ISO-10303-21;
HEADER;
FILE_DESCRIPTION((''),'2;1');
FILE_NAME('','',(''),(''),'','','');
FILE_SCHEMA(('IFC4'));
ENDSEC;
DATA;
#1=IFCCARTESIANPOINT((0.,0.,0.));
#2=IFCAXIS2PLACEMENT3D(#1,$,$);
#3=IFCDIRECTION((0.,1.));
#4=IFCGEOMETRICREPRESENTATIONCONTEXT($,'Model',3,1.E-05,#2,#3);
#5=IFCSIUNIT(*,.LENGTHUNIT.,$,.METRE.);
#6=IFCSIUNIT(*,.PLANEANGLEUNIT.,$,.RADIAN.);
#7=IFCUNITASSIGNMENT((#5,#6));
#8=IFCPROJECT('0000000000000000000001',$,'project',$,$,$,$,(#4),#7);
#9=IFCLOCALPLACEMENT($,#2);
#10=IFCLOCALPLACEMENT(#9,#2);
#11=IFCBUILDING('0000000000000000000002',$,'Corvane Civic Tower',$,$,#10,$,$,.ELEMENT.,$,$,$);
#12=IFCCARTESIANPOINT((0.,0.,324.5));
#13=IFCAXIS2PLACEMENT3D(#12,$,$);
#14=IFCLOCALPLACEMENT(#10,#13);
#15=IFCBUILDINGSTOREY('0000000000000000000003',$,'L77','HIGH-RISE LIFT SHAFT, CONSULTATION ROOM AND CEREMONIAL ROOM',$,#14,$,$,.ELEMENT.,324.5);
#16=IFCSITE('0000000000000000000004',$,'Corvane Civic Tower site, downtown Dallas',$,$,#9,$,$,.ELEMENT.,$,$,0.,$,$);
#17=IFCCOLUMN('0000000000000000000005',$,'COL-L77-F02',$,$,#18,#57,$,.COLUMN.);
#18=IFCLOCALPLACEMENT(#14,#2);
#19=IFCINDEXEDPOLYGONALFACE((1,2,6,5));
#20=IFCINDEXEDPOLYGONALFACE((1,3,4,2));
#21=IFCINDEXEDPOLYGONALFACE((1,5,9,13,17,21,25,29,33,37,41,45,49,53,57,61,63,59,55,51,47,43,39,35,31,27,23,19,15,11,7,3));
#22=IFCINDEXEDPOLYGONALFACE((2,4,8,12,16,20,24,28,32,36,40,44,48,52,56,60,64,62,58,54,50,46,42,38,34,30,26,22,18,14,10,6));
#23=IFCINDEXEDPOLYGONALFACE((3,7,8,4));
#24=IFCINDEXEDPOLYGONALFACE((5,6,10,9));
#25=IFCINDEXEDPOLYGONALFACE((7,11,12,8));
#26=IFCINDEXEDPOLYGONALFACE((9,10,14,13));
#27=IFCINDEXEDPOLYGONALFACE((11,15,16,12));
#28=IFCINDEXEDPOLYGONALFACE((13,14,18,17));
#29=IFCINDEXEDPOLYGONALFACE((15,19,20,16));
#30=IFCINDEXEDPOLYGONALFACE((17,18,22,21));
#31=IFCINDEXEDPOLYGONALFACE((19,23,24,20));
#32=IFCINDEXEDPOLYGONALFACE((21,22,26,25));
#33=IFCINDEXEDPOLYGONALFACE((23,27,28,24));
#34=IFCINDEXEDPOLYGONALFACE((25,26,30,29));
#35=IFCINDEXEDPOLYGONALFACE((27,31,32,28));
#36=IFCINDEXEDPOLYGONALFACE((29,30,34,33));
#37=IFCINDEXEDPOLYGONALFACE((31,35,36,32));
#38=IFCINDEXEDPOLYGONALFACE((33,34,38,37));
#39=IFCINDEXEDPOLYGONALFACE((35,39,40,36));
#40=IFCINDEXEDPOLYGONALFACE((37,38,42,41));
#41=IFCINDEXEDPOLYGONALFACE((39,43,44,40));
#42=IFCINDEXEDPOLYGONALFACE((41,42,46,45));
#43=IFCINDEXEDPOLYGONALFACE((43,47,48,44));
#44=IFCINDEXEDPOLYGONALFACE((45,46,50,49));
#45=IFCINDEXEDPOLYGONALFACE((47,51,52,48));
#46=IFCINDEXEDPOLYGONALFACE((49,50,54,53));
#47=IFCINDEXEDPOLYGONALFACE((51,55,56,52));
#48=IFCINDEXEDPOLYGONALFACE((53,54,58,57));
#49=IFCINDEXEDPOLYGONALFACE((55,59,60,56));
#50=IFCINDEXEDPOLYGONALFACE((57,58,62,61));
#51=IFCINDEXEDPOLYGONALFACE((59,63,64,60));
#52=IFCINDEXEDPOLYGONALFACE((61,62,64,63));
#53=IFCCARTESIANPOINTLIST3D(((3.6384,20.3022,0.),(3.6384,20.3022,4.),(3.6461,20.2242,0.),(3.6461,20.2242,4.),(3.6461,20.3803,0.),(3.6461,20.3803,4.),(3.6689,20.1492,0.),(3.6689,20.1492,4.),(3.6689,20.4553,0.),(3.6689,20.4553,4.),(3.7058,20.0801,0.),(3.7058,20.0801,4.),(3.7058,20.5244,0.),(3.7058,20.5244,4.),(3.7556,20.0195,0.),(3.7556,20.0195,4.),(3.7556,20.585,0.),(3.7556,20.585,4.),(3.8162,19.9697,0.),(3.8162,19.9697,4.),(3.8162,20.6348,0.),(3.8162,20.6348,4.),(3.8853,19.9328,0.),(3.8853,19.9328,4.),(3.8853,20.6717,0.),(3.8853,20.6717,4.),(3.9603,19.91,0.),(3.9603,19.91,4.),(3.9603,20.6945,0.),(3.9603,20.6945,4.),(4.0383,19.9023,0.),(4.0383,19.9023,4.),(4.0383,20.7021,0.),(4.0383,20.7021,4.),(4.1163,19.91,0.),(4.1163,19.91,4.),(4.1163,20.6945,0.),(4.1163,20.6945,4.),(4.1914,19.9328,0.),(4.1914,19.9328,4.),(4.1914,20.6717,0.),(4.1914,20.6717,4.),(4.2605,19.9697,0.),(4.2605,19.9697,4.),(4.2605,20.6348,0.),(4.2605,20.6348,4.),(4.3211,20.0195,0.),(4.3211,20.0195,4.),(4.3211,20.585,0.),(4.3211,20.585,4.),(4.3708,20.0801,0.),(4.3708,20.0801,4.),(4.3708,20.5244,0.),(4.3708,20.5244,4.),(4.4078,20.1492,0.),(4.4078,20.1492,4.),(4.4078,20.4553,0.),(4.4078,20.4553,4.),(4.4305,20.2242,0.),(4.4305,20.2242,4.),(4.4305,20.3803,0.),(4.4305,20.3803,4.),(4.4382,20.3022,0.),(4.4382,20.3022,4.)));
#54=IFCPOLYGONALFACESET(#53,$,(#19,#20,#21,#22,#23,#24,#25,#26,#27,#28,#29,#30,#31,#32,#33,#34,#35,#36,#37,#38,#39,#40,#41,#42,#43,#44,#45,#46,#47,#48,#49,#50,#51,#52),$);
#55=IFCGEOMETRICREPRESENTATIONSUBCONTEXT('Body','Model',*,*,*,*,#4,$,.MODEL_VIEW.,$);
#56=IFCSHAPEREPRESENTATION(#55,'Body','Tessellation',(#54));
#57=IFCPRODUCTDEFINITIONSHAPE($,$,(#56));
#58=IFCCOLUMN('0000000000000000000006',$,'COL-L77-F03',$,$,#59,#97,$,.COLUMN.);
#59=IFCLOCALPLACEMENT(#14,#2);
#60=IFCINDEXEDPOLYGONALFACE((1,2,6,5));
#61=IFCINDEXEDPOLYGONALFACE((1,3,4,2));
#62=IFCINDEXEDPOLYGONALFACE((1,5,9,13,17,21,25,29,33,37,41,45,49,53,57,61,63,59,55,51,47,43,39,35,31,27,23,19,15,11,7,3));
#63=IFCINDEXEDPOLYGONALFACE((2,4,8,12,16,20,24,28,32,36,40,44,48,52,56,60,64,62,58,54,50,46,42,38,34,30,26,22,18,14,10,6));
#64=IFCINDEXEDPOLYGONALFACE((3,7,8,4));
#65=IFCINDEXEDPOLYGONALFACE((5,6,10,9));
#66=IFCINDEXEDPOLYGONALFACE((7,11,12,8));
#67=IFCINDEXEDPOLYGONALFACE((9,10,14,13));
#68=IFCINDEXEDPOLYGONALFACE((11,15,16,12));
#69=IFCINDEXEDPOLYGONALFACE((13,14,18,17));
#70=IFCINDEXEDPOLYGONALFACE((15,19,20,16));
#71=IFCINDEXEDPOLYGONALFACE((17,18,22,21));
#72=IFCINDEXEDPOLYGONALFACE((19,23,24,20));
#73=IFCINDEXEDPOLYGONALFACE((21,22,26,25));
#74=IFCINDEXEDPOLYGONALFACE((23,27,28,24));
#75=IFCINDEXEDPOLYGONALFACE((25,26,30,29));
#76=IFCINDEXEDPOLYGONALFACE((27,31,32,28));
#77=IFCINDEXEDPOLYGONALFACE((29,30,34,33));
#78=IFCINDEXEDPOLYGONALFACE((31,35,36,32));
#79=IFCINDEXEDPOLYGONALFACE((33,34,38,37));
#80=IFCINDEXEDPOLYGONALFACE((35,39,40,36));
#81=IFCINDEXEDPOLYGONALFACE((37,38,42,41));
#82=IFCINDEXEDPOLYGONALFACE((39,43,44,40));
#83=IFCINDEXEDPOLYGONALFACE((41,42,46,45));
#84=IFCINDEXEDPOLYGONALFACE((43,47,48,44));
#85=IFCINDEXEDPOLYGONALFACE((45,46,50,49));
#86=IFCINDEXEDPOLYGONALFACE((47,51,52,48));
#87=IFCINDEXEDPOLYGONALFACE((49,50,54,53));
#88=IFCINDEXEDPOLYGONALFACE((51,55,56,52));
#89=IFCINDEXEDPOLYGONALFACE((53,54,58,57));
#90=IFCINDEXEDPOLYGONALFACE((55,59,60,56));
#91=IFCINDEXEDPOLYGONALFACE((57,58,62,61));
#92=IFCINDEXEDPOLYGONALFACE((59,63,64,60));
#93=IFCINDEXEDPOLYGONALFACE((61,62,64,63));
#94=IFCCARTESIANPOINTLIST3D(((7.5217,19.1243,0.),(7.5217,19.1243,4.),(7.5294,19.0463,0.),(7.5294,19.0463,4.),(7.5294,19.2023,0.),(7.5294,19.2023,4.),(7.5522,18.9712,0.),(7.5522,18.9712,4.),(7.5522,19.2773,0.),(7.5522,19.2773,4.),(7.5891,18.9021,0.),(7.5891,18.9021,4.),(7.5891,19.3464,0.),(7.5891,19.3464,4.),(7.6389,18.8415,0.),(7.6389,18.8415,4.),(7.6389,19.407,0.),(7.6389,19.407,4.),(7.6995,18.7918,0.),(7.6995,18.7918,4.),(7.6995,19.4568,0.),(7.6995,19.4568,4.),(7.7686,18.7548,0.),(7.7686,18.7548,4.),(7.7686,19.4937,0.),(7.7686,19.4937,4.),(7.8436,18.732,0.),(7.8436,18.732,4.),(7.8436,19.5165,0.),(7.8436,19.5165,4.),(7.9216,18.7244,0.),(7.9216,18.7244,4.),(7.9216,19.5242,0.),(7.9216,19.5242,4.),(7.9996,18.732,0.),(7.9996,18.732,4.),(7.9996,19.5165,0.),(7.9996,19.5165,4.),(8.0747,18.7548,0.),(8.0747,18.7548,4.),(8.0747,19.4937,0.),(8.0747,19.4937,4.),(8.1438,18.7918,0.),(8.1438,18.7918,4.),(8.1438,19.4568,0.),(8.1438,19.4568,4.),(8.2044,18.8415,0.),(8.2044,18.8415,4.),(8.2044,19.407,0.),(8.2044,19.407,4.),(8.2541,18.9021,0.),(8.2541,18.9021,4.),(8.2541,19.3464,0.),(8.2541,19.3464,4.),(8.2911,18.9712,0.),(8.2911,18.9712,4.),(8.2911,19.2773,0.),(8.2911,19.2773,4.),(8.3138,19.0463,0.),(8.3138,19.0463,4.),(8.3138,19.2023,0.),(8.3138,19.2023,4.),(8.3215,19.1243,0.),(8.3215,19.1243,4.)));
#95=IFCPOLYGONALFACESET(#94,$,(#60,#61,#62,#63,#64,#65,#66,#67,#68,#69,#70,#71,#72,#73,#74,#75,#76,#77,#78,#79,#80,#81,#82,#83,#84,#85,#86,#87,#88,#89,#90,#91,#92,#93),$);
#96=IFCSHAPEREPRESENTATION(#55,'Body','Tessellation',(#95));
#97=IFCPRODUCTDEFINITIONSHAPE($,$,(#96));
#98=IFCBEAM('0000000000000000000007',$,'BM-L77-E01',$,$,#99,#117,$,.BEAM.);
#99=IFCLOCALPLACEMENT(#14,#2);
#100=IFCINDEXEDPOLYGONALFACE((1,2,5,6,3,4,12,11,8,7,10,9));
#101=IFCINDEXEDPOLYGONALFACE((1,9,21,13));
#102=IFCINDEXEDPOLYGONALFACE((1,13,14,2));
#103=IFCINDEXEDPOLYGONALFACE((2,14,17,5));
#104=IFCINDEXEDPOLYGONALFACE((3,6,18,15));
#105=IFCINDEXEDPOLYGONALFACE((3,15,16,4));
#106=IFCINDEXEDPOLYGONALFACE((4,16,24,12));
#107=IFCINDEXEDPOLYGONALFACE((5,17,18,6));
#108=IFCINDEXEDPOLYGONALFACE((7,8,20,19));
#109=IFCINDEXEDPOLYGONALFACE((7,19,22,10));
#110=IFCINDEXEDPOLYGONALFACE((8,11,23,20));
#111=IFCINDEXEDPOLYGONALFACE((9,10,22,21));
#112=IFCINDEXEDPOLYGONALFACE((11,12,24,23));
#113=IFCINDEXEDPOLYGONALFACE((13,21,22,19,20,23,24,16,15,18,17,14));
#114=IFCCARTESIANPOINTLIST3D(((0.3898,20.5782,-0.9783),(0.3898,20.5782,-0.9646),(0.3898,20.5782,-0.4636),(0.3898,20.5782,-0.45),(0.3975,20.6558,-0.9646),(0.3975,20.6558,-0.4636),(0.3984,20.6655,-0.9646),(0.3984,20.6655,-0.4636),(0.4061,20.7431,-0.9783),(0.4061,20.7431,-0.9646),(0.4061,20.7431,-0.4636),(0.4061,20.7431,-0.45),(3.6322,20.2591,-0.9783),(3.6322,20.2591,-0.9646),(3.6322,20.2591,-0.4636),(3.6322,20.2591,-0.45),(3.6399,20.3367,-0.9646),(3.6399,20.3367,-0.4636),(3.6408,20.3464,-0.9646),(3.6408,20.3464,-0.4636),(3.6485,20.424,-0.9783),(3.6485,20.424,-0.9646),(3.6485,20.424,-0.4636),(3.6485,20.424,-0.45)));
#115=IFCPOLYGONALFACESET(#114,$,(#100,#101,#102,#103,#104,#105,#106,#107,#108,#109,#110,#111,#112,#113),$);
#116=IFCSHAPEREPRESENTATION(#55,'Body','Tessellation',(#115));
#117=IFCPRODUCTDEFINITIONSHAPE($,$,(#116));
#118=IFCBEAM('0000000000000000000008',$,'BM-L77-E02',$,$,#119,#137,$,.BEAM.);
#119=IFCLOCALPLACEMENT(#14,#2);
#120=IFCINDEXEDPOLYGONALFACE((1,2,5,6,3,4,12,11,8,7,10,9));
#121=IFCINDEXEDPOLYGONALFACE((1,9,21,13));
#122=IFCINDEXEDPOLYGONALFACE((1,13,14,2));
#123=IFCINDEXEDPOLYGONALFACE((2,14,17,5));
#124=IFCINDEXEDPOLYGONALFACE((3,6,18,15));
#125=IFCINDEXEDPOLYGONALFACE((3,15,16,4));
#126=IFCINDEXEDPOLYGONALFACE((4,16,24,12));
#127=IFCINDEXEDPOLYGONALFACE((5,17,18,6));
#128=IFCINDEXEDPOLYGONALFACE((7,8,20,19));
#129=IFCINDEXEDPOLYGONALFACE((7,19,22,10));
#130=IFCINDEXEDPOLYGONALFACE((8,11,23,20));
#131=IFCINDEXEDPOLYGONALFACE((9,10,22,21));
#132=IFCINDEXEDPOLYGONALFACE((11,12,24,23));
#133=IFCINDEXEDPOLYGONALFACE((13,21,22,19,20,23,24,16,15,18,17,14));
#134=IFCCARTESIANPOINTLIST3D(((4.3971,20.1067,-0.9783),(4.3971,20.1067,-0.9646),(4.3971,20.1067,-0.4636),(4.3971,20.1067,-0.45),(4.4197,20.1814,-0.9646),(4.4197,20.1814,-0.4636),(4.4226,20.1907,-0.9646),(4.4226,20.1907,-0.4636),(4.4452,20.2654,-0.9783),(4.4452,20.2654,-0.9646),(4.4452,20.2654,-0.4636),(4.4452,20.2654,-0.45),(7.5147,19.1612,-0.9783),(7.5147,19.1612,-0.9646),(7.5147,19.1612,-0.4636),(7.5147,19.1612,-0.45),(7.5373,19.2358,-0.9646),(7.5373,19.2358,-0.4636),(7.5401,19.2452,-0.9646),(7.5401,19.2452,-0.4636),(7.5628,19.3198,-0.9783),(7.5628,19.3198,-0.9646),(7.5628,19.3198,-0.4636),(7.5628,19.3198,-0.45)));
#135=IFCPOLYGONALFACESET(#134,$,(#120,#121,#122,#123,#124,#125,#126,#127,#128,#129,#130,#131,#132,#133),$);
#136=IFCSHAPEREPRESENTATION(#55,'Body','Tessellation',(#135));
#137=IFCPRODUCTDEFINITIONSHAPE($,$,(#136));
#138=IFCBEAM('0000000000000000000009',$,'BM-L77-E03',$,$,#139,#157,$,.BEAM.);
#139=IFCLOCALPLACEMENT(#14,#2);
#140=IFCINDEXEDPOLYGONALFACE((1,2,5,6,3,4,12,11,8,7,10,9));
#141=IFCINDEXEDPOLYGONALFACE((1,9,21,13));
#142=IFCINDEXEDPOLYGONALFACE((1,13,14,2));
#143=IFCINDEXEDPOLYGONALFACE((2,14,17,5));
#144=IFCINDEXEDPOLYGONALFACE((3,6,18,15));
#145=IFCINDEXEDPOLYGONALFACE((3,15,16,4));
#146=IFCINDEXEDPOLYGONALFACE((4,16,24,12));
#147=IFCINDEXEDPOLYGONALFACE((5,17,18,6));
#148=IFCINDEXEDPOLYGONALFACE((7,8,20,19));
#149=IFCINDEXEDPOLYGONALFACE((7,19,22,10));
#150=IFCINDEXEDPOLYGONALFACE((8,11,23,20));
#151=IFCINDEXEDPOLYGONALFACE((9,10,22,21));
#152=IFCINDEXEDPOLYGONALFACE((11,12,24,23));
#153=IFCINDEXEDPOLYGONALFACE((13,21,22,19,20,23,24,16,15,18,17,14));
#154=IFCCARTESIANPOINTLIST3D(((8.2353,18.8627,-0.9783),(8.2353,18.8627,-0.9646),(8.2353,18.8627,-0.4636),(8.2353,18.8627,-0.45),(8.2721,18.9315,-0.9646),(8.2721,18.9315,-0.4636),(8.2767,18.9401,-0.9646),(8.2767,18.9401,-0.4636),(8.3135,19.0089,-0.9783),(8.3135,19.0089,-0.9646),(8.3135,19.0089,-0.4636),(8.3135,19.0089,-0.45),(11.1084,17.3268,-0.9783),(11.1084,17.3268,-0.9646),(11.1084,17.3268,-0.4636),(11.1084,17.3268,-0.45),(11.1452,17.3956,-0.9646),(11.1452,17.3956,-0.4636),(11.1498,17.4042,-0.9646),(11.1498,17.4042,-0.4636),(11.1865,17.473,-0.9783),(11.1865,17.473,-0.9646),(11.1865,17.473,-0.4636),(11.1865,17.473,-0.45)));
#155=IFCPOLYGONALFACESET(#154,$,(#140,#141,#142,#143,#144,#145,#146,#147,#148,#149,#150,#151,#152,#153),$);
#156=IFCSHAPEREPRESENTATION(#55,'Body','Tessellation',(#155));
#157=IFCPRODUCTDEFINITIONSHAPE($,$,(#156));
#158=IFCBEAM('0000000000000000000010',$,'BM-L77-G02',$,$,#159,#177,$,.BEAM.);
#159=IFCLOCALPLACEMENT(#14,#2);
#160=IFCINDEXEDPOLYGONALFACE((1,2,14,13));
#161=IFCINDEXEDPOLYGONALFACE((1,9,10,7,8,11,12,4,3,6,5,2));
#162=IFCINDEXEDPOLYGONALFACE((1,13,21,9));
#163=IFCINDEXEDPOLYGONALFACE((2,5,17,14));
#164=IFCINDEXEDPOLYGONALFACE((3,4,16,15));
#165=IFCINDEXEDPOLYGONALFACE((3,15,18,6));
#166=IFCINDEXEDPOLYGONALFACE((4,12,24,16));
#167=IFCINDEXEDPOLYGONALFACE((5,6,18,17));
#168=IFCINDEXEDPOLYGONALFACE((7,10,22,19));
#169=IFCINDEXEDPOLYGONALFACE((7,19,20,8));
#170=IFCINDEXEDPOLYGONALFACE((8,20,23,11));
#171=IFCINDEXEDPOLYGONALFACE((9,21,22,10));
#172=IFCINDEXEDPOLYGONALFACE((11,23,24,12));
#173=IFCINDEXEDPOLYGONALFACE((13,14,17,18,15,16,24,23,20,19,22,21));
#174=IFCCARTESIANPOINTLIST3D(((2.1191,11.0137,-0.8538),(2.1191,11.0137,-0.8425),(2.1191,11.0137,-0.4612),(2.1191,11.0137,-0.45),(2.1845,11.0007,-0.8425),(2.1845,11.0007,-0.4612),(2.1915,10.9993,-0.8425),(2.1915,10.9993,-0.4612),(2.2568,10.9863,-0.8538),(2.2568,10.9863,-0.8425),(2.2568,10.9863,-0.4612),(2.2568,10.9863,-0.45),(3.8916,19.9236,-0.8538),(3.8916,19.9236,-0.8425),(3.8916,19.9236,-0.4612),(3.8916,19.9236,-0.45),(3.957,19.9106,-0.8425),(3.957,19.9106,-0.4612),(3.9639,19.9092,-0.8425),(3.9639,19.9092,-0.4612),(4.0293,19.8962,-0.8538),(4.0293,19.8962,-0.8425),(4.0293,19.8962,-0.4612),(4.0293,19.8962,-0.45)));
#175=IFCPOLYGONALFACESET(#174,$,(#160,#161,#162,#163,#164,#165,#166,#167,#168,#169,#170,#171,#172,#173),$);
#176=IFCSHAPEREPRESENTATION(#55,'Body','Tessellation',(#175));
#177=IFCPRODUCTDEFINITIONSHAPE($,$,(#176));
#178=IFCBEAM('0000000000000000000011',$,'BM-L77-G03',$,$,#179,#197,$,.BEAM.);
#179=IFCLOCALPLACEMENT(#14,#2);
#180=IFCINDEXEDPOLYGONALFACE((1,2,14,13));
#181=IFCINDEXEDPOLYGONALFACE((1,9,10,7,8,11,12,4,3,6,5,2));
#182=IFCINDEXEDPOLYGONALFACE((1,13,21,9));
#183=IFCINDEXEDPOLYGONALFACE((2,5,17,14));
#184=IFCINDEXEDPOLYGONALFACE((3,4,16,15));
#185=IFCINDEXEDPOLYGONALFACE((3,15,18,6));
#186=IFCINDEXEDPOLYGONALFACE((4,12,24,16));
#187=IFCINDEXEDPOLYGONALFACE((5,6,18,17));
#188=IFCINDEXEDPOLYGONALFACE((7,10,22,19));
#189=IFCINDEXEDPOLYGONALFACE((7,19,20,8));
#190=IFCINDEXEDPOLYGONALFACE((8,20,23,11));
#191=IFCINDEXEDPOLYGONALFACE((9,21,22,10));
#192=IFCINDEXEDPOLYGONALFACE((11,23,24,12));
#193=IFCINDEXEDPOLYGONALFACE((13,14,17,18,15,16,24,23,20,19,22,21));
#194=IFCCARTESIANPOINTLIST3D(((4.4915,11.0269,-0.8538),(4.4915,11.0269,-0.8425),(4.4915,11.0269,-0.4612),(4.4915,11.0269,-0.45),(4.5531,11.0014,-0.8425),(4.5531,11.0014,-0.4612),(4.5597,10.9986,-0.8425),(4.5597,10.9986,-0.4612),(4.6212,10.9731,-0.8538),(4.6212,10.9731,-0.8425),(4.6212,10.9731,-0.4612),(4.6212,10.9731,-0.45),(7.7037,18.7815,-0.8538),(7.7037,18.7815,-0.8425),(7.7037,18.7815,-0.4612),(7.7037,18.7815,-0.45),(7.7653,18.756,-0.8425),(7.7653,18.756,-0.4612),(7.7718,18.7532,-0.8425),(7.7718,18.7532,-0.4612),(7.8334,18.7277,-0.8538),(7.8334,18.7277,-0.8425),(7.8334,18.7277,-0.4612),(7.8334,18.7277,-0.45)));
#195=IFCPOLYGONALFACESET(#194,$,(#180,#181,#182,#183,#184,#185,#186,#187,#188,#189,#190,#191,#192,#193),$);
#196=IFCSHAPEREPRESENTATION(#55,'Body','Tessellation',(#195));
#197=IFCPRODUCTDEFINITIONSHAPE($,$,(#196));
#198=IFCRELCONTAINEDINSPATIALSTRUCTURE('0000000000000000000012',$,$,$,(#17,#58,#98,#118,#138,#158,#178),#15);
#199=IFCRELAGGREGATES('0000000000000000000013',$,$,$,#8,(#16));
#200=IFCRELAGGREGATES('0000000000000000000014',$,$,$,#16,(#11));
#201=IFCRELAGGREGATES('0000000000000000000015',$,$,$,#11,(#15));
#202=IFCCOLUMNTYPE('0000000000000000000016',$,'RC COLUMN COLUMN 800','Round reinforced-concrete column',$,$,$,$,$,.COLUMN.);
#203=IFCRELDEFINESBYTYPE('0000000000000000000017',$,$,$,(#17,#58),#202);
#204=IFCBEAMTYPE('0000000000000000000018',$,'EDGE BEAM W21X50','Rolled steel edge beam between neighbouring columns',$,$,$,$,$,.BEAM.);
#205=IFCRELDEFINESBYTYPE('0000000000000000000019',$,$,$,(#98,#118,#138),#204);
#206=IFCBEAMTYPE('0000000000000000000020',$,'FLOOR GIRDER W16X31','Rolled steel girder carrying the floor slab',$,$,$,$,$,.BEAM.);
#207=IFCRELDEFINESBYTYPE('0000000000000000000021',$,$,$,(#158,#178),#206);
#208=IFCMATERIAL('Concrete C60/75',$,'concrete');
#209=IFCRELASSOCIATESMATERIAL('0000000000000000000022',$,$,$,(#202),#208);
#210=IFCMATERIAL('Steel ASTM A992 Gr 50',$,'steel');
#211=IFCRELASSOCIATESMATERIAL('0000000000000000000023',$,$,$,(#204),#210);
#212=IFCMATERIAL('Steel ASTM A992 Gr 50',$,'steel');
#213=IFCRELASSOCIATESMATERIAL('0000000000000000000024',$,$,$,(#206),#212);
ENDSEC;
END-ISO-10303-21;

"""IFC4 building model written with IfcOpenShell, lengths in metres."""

from ifc_helpers import new_model, si_unit, direction, frame, origin, origin_2d, place, context, subcontext, project, spatial, circle, i_section, extrude, material, material_profile, profile_set, type_object, element, save


model = new_model("IFC4")

# Units and contexts
model_context = context("Model", 3, precision=1e-05, world=origin(), true_north=direction((0.0, 1.0)))
body_context = subcontext(model_context, "Body", "Model", "MODEL_VIEW")
ifc_project = project(units=[si_unit("LENGTHUNIT", "METRE"), si_unit("PLANEANGLEUNIT", "RADIAN")], contexts=[model_context])

# Site, building, storey
site_placement = place(None, origin())
site = spatial("IfcSite", under=ifc_project, at=site_placement, Name="Corvane Civic Tower site, downtown Dallas", CompositionType="ELEMENT", RefElevation=0.0)
building_placement = place(site_placement, origin())
building = spatial("IfcBuilding", under=site, at=building_placement, Name="Corvane Civic Tower", CompositionType="ELEMENT")
storey_placement = place(building_placement, frame((0.0, 0.0, 324.5)))
storey = spatial("IfcBuildingStorey", under=building, at=storey_placement, Name="L77", Description="HIGH-RISE LIFT SHAFT, CONSULTATION ROOM AND CEREMONIAL ROOM", CompositionType="ELEMENT", Elevation=324.5)

# Columns
ifc_material_1 = material(Name="Concrete C60/75", Category="concrete")
ifc_material_profile_1 = material_profile(ifc_material_1, circle(Radius=0.3999, at=origin_2d()), Name="COLUMN 800")
ifc_profile_set_1 = profile_set([ifc_material_profile_1], Name="Concrete C60/75")
column_type = type_object("IfcColumnType", Name="RC COLUMN COLUMN 800", Description="Round reinforced-concrete column", PredefinedType="COLUMN", material=ifc_profile_set_1)
for number, where, z_axis, x_axis, name in (
    (1, (4.0383, 20.3022, 0.0), (0.0, 0.0, 1.0), (1.0, 0.0, 0.0), "COL-L77-F02"),
    (2, (7.9216, 19.1243, 0.0), (0.0, 0.0, 1.0), (1.0, 0.0, 0.0), "COL-L77-F03"),
):
    element("IfcColumn", number, at=place(storey_placement, frame(where, z_axis=z_axis, x_axis=x_axis)), inside=storey, type_object=column_type, Name=name, PredefinedType="COLUMN", context=body_context, shape_type="SweptSolid", body=[
        extrude(circle(Radius=0.3999, at=origin_2d()), origin(), (0.0, 0.0, 1.0), 4.0),
    ])

# Beams
ifc_material_2 = material(Name="Steel ASTM A992 Gr 50", Category="steel")
ifc_material_profile_2 = material_profile(ifc_material_2, i_section(OverallWidth=0.1658, OverallDepth=0.5283, WebThickness=0.0098, FlangeThickness=0.0137, at=origin_2d()), Name="W21X50")
ifc_profile_set_2 = profile_set([ifc_material_profile_2], Name="Steel ASTM A992 Gr 50")
beam_type_1 = type_object("IfcBeamType", Name="EDGE BEAM W21X50", Description="Rolled steel edge beam between neighbouring columns", PredefinedType="BEAM", material=ifc_profile_set_2)
beam_1_placement = place(storey_placement, frame((0.3979, 20.6606, -0.7141), z_axis=(0.995193, -0.097938, 0.0), x_axis=(0.097938, 0.995193, 0.0)))
element("IfcBeam", 3, at=beam_1_placement, inside=storey, type_object=beam_type_1, Name="BM-L77-E01", PredefinedType="BEAM", context=body_context, shape_type="SweptSolid", body=[
    extrude(i_section(OverallWidth=0.1658, OverallDepth=0.5283, WebThickness=0.0098, FlangeThickness=0.0137, at=origin_2d()), origin(), (0.0, 0.0, 1.0), 3.2581),
])
for number, where, z_axis, x_axis, name in (
    (4, (4.4211, 20.186, -0.7141), (0.956956, -0.290234, 0.0), (0.290234, 0.956956, 0.0), "BM-L77-E02"),
    (5, (8.2744, 18.9358, -0.7141), (0.881894, -0.471448, 0.0), (0.471448, 0.881894, 0.0), "BM-L77-E03"),
):
    element("IfcBeam", number, at=place(storey_placement, frame(where, z_axis=z_axis, x_axis=x_axis)), inside=storey, type_object=beam_type_1, Name=name, PredefinedType="BEAM", context=body_context, shape_type="SweptSolid", body=[
        extrude(i_section(OverallWidth=0.1658, OverallDepth=0.5283, WebThickness=0.0098, FlangeThickness=0.0137, at=origin_2d()), origin(), (0.0, 0.0, 1.0), 3.2578),
    ])
ifc_material_3 = material(Name="Steel ASTM A992 Gr 50", Category="steel")
ifc_material_profile_3 = material_profile(ifc_material_3, i_section(OverallWidth=0.1404, OverallDepth=0.4038, WebThickness=0.0071, FlangeThickness=0.0112, at=origin_2d()), Name="W16X31")
ifc_profile_set_3 = profile_set([ifc_material_profile_3], Name="Steel ASTM A992 Gr 50")
beam_type_2 = type_object("IfcBeamType", Name="FLOOR GIRDER W16X31", Description="Rolled steel girder carrying the floor slab", PredefinedType="BEAM", material=ifc_profile_set_3)
beam_2_placement = place(storey_placement, frame((2.188, 11.0, -0.6519), z_axis=(0.195108, 0.980782, 0.0), x_axis=(-0.980782, 0.195108, 0.0)))
element("IfcBeam", 6, at=beam_2_placement, inside=storey, type_object=beam_type_2, Name="BM-L77-G02", PredefinedType="BEAM", context=body_context, shape_type="SweptSolid", body=[
    extrude(i_section(OverallWidth=0.1404, OverallDepth=0.4038, WebThickness=0.0071, FlangeThickness=0.0112, at=origin_2d()), origin(), (0.0, 0.0, 1.0), 9.0845),
])
beam_3_placement = place(storey_placement, frame((4.5564, 11.0, -0.6519), z_axis=(0.382692, 0.923876, 0.0), x_axis=(-0.923876, 0.382692, 0.0)))
element("IfcBeam", 7, at=beam_3_placement, inside=storey, type_object=beam_type_2, Name="BM-L77-G03", PredefinedType="BEAM", context=body_context, shape_type="SweptSolid", body=[
    extrude(i_section(OverallWidth=0.1404, OverallDepth=0.4038, WebThickness=0.0071, FlangeThickness=0.0112, at=origin_2d()), origin(), (0.0, 0.0, 1.0), 8.3936),
])

save(model, "model.ifc")
